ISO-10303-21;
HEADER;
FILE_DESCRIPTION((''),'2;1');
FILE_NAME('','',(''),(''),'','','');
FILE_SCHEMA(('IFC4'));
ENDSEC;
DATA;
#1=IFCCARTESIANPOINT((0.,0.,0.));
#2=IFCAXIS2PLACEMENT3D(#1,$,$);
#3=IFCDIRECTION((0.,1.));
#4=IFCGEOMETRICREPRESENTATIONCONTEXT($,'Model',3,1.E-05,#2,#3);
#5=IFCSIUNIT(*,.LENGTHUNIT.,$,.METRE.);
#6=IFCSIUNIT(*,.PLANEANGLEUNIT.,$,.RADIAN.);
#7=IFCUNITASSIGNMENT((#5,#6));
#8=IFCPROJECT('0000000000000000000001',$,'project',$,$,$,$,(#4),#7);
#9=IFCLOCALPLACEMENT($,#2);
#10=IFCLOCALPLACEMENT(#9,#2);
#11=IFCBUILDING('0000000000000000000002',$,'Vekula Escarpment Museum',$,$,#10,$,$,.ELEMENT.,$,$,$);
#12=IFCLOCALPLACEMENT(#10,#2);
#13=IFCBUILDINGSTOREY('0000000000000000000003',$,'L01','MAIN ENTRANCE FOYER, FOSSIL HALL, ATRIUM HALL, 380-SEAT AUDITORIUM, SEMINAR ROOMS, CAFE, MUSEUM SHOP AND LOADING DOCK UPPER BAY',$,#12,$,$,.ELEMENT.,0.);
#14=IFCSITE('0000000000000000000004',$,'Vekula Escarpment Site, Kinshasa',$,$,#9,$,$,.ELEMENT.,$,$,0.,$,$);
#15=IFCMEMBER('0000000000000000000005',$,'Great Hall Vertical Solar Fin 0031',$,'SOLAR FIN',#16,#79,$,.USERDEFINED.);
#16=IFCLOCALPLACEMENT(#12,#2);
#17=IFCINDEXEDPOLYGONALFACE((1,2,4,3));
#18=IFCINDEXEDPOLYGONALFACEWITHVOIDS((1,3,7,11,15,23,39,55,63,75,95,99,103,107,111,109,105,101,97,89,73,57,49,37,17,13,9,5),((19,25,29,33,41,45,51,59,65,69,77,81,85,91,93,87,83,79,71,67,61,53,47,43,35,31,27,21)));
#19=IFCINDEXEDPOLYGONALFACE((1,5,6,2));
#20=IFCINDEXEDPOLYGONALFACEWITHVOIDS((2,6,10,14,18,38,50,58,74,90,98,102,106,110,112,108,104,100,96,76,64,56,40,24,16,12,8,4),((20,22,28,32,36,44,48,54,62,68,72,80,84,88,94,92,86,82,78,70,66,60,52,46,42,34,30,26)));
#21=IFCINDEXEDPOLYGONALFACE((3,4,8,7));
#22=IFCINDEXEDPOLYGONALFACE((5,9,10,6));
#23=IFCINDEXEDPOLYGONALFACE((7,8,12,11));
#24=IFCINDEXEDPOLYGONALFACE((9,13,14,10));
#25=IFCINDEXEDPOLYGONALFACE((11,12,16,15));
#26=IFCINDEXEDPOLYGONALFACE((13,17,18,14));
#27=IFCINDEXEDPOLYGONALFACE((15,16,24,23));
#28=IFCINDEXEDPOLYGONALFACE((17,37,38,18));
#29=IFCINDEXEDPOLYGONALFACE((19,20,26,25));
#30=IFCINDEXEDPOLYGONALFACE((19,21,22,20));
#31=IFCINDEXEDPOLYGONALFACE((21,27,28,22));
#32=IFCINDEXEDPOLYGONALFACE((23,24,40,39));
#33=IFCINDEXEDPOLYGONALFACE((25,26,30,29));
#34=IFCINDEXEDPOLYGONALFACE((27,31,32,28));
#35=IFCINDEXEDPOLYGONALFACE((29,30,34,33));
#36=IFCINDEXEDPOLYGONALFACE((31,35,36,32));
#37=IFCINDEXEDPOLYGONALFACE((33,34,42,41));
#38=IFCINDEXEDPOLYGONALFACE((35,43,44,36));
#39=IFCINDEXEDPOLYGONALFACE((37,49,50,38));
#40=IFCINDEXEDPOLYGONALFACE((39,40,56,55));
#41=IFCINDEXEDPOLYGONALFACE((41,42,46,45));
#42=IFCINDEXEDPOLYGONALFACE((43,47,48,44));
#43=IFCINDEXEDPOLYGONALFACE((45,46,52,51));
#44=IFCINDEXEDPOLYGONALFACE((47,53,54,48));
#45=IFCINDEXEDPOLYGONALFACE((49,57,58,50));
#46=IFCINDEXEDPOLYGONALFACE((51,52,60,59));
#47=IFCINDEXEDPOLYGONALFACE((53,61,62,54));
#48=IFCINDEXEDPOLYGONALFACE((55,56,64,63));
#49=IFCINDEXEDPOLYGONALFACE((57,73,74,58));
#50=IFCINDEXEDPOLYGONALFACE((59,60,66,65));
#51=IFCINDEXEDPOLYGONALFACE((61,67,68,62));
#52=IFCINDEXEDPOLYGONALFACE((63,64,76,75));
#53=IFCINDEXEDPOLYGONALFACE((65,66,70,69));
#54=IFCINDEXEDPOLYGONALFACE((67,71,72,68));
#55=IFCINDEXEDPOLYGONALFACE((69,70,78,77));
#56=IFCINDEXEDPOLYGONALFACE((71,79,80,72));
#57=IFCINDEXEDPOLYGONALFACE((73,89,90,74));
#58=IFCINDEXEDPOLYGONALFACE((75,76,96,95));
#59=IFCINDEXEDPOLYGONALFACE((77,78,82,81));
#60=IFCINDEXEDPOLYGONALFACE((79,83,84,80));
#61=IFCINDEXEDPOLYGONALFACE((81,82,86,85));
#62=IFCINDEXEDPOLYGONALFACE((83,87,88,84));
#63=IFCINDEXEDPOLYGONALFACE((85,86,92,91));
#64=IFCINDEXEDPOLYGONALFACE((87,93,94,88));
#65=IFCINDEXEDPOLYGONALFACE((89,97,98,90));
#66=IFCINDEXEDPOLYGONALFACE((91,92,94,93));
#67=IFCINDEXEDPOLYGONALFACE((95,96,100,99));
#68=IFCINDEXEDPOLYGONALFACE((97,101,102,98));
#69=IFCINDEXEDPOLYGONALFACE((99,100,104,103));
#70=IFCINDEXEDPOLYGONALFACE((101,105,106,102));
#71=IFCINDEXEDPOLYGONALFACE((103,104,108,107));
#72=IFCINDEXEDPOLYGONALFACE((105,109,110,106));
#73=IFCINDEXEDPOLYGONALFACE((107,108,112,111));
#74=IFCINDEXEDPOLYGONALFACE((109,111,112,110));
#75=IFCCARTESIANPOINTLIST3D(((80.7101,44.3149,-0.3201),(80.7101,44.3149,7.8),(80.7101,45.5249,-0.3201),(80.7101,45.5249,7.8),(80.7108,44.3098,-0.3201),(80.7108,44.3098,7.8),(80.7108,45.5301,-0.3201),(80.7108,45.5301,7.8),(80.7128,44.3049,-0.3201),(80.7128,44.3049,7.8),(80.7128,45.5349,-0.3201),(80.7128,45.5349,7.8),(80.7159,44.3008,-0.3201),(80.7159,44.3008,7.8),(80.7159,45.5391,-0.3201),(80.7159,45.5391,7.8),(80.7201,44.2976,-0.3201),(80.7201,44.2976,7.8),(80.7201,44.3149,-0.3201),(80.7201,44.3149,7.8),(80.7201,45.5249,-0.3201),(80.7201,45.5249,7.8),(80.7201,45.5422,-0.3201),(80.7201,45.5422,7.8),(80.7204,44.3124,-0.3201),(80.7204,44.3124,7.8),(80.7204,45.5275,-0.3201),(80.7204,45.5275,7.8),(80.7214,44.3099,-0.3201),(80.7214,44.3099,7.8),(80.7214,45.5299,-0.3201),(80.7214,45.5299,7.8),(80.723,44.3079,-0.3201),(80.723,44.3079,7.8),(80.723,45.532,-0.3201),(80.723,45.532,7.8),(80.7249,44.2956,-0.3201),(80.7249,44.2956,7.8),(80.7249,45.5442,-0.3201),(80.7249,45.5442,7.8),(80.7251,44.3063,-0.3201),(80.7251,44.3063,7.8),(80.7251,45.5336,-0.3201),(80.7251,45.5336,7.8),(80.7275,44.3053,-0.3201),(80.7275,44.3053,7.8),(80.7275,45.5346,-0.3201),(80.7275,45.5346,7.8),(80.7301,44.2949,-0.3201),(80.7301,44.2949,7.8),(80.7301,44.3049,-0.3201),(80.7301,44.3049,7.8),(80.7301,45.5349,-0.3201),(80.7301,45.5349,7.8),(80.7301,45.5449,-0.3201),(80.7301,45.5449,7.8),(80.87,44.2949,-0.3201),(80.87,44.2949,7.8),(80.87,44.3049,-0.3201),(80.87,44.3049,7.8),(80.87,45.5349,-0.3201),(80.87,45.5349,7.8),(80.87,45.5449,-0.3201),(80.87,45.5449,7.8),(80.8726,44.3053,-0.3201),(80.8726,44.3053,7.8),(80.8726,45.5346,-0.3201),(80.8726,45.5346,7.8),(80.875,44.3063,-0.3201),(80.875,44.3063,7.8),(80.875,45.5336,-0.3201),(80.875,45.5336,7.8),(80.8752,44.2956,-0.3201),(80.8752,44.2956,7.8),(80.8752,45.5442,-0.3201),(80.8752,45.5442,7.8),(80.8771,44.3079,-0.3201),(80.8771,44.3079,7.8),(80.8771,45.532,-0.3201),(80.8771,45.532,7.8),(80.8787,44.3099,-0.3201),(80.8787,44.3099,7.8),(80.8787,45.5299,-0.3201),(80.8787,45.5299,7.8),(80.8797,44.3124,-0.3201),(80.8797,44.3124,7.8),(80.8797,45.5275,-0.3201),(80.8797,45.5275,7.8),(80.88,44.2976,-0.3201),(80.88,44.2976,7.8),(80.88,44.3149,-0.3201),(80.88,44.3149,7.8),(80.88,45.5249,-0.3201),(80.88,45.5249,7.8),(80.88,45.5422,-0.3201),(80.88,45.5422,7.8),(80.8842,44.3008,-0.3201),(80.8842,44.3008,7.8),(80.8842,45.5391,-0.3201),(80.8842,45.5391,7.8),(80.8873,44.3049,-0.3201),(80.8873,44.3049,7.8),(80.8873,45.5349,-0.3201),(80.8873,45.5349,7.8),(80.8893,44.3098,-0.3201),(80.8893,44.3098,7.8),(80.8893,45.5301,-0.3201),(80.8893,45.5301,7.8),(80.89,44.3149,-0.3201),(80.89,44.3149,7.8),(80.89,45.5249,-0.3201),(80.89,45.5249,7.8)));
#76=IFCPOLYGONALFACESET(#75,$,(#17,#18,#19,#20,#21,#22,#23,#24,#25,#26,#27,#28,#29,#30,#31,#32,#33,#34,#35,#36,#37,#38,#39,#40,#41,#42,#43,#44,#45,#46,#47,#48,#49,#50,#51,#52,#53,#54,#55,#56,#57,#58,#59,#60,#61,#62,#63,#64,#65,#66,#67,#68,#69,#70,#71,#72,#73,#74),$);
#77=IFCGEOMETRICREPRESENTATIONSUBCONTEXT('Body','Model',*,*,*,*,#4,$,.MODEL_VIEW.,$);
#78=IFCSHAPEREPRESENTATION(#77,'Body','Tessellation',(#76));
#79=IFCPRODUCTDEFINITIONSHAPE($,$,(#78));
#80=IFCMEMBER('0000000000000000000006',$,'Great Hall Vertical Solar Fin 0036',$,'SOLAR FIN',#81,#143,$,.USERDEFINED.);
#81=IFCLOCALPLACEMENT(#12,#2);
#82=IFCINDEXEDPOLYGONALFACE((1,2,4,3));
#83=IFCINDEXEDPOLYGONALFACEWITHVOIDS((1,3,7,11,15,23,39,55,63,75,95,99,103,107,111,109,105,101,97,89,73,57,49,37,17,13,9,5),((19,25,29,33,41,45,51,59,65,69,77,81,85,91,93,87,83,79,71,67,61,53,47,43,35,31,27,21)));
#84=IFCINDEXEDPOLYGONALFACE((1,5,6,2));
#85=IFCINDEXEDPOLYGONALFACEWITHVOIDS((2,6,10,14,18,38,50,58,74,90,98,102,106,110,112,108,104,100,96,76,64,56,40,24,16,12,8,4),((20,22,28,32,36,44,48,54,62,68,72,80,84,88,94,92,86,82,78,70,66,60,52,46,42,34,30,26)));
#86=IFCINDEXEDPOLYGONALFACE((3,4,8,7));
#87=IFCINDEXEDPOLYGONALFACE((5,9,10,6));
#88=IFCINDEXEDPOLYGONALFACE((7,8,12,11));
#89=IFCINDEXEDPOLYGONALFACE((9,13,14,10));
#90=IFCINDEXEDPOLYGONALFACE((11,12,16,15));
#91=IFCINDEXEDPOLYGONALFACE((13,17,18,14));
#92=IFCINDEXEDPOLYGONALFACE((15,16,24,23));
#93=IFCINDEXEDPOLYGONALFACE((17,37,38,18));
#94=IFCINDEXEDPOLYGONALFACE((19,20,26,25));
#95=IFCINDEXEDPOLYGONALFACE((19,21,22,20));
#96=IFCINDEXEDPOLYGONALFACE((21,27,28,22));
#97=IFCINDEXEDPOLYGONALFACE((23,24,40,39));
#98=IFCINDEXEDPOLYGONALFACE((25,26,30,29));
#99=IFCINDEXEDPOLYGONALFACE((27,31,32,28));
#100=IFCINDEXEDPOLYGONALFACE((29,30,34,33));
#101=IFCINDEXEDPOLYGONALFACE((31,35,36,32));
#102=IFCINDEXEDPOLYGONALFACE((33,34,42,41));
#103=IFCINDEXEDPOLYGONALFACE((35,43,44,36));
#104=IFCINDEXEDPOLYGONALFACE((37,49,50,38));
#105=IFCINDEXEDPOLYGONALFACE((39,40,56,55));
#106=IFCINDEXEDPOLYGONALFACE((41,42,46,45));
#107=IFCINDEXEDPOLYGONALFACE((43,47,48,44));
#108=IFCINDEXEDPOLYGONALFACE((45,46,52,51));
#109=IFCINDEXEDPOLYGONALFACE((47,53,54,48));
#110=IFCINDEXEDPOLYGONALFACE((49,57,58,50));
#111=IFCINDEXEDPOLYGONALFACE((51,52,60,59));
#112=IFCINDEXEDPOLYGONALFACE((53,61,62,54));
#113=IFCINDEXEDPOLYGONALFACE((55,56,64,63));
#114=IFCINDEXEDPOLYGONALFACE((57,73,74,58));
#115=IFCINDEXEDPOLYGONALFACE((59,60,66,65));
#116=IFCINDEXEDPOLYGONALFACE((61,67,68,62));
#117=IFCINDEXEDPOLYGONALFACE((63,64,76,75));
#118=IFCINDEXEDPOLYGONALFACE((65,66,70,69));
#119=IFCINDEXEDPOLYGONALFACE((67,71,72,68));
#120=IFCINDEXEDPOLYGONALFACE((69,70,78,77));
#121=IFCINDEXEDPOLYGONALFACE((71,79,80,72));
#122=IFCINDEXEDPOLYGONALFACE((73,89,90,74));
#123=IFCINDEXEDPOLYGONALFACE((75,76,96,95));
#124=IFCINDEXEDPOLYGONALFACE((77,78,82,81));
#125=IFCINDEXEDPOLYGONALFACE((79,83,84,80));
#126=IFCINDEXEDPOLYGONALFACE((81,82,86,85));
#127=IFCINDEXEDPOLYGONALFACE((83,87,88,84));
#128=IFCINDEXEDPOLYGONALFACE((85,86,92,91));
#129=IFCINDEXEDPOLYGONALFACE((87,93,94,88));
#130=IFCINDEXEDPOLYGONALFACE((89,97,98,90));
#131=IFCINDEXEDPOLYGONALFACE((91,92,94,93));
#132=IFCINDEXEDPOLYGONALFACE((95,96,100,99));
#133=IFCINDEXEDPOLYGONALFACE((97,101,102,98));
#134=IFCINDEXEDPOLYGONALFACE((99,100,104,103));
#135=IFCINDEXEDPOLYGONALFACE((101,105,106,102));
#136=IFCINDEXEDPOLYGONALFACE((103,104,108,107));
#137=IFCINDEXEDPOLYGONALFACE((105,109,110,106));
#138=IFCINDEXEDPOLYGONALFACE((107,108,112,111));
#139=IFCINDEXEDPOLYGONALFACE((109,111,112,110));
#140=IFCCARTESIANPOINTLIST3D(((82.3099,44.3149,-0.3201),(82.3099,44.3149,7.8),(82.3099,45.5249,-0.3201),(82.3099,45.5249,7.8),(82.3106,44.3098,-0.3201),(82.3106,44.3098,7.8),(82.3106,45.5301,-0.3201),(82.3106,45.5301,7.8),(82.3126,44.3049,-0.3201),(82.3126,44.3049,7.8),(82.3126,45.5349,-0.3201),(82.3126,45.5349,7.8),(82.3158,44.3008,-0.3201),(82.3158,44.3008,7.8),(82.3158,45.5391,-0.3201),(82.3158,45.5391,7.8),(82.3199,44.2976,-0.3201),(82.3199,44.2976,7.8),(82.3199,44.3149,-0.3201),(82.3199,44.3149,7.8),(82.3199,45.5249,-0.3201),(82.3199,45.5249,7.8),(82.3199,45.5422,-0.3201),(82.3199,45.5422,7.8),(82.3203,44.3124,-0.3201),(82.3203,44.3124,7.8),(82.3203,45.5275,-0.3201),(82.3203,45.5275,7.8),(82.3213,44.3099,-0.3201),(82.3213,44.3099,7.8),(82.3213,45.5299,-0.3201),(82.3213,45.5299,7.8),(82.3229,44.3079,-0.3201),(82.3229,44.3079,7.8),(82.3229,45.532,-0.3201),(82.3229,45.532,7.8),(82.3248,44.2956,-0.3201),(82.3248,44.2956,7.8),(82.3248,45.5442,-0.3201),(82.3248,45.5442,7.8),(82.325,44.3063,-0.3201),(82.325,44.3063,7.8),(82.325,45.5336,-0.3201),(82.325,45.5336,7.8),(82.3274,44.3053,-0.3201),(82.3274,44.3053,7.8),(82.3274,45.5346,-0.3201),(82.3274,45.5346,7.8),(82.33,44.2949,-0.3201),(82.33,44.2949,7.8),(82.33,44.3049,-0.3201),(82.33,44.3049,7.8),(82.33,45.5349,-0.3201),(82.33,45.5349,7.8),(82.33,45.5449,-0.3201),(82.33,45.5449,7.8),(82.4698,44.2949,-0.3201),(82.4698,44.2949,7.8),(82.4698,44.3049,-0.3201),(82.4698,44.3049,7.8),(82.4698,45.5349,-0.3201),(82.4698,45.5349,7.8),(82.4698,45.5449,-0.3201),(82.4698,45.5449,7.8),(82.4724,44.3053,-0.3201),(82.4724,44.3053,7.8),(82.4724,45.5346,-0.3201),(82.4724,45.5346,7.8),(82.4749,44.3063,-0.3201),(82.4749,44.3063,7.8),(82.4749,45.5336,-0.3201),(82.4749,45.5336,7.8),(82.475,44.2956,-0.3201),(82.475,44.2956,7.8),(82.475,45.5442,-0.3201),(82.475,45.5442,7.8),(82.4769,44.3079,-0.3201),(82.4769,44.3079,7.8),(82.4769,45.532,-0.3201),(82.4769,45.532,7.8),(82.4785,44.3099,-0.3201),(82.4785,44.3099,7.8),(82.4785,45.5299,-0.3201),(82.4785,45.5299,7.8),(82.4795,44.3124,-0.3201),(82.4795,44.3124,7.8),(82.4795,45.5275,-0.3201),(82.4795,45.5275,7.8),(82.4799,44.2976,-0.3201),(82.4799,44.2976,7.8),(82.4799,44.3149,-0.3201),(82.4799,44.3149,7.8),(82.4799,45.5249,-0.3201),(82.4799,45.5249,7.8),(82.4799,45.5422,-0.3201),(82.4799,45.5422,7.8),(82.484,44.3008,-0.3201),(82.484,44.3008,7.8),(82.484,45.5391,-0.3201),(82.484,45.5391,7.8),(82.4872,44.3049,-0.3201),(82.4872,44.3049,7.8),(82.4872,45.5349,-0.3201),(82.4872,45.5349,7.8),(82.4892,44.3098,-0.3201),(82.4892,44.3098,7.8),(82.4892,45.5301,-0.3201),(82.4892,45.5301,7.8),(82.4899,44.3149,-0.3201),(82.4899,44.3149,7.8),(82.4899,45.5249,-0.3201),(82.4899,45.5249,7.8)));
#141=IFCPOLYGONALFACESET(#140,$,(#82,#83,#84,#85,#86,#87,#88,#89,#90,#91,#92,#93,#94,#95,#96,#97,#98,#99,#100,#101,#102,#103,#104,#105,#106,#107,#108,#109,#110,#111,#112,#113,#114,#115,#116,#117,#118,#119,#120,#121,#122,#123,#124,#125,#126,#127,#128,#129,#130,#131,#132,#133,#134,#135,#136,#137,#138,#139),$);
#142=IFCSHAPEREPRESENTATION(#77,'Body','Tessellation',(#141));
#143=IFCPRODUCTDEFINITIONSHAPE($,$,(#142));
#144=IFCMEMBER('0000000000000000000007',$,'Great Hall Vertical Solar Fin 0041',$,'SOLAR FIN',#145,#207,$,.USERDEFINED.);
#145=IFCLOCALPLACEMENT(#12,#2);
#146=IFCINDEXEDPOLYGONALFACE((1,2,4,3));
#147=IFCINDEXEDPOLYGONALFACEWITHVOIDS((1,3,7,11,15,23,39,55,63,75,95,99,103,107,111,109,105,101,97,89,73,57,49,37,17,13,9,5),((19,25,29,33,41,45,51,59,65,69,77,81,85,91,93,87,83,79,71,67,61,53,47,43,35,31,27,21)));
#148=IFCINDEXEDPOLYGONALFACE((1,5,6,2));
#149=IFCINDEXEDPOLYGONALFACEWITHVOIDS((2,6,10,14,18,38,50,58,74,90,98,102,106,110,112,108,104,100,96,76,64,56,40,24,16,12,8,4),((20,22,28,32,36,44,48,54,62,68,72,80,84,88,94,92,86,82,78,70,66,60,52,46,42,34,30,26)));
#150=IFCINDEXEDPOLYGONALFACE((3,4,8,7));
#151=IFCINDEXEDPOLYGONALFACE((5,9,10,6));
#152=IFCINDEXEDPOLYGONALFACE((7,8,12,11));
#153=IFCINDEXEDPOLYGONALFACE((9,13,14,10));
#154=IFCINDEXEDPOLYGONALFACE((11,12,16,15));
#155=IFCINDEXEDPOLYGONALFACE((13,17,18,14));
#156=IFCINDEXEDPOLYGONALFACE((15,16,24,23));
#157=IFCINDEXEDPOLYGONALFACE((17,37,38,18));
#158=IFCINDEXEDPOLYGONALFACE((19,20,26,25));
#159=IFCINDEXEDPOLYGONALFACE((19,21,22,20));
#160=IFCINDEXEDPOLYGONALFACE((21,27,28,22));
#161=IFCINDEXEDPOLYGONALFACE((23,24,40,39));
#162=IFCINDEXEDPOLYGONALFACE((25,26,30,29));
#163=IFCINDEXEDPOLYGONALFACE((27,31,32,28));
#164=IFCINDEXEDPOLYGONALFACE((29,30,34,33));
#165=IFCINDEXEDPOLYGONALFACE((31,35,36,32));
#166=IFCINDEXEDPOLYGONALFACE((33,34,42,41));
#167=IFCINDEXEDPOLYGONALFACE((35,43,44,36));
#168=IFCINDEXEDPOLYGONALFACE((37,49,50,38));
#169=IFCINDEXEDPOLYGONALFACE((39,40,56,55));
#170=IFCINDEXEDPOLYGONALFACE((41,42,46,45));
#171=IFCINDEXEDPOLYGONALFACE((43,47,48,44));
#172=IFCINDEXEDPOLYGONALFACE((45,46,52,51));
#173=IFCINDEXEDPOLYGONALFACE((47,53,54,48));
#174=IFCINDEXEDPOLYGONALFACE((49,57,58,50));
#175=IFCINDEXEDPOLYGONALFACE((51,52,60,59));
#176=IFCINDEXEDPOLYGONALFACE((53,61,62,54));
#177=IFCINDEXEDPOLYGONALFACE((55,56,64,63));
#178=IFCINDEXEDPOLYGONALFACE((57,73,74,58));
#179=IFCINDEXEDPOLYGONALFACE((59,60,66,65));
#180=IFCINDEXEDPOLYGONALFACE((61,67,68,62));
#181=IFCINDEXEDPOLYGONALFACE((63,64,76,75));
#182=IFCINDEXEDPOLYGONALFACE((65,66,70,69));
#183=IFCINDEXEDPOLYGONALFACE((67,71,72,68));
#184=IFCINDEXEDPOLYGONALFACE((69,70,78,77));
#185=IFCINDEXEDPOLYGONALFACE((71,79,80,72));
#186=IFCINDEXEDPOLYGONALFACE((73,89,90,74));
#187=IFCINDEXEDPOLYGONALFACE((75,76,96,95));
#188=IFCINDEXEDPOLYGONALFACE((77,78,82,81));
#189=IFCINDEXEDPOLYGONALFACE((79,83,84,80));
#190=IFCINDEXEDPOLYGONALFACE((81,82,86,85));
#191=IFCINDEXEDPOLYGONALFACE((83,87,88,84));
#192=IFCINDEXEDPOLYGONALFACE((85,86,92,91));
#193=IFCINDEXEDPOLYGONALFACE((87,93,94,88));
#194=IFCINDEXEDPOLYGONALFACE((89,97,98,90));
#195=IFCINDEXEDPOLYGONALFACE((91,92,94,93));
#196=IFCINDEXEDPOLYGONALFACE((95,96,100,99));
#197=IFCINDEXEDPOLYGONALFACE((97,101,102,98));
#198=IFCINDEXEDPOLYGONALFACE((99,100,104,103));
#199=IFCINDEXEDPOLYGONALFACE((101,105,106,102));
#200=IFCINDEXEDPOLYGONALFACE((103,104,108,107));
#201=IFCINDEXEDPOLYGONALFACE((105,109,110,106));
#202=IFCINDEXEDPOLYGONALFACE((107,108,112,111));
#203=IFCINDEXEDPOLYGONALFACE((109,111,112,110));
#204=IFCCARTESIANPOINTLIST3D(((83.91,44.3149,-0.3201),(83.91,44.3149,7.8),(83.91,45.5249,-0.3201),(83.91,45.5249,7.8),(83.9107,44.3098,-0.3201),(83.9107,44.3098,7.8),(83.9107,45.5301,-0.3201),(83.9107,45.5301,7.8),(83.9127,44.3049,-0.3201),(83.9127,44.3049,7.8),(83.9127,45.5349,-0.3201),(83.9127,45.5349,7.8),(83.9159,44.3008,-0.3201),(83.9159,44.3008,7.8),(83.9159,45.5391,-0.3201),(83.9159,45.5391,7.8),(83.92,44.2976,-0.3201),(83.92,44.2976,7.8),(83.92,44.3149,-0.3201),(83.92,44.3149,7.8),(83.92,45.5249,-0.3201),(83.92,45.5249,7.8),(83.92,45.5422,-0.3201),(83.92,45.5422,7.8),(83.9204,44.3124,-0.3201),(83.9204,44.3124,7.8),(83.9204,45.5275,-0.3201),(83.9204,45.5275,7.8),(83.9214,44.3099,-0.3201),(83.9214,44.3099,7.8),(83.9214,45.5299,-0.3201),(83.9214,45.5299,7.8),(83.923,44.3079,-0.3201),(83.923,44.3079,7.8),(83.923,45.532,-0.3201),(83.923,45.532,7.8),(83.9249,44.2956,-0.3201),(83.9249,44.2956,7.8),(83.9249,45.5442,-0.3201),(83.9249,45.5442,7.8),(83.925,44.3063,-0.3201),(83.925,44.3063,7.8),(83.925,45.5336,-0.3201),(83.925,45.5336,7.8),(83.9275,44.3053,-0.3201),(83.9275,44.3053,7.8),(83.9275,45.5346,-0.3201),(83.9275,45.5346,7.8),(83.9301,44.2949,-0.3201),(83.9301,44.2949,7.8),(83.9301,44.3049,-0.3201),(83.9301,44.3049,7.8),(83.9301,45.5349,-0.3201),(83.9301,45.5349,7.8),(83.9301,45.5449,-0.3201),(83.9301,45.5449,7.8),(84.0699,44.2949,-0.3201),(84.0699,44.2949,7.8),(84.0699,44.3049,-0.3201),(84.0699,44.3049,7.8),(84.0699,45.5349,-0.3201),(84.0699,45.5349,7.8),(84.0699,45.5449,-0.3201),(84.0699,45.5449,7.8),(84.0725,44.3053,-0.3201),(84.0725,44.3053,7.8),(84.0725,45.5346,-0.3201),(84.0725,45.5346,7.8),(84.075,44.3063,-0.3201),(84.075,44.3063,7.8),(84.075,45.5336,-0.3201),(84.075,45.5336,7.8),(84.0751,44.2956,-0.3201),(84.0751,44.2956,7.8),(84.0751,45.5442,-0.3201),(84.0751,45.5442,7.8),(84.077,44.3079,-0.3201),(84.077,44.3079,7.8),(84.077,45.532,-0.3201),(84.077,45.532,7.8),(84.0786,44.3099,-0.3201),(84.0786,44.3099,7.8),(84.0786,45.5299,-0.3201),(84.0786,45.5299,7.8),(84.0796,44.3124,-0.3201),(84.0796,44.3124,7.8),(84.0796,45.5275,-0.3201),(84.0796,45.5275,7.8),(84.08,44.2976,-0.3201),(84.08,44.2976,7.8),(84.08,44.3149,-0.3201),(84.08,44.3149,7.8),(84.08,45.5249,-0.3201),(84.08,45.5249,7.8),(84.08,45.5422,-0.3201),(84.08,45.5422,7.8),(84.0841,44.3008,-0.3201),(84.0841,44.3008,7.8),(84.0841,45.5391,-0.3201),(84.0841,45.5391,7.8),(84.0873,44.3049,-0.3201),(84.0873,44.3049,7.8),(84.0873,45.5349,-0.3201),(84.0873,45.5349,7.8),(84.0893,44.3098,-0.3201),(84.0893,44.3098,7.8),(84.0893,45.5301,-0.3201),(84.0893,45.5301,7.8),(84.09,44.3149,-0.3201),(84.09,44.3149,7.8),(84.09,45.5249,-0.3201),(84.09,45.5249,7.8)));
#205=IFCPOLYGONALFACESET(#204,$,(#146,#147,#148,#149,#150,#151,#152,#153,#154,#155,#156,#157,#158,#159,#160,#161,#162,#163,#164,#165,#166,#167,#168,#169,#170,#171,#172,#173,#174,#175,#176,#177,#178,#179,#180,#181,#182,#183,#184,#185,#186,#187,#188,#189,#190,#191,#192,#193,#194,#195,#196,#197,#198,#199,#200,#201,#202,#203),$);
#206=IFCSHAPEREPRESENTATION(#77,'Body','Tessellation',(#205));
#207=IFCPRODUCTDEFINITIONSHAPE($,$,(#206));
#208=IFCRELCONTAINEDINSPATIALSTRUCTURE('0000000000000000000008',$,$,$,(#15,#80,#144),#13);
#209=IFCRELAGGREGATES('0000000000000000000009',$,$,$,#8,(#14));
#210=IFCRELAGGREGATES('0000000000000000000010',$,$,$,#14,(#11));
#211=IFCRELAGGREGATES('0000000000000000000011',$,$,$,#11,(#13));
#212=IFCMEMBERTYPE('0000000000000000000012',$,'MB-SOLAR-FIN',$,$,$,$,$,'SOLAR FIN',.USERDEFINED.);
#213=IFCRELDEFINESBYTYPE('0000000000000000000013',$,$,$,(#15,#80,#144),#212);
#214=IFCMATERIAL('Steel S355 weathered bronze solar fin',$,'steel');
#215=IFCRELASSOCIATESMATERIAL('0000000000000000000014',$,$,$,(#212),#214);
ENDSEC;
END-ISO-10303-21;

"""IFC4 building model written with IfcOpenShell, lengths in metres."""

from ifc_helpers import new_model, si_unit, direction, frame, origin, origin_2d, place, context, subcontext, project, spatial, hollow_rectangle, extrude, material, material_profile, profile_set, type_object, element, save


model = new_model("IFC4")

# Units and contexts
model_context = context("Model", 3, precision=1e-05, world=origin(), true_north=direction((0.0, 1.0)))
body_context = subcontext(model_context, "Body", "Model", "MODEL_VIEW")
ifc_project = project(units=[si_unit("LENGTHUNIT", "METRE"), si_unit("PLANEANGLEUNIT", "RADIAN")], contexts=[model_context])

# Site, building, storey
site_placement = place(None, origin())
site = spatial("IfcSite", under=ifc_project, at=site_placement, Name="Vekula Escarpment Site, Kinshasa", CompositionType="ELEMENT", RefElevation=0.0)
building_placement = place(site_placement, origin())
building = spatial("IfcBuilding", under=site, at=building_placement, Name="Vekula Escarpment Museum", CompositionType="ELEMENT")
storey_placement = place(building_placement, origin())
storey = spatial("IfcBuildingStorey", under=building, at=storey_placement, Name="L01", Description="MAIN ENTRANCE FOYER, FOSSIL HALL, ATRIUM HALL, 380-SEAT AUDITORIUM, SEMINAR ROOMS, CAFE, MUSEUM SHOP AND LOADING DOCK UPPER BAY", CompositionType="ELEMENT", Elevation=0.0)

# Members
ifc_material_1 = material(Name="Steel S355 weathered bronze solar fin", Category="steel")
ifc_material_profile_1 = material_profile(ifc_material_1, hollow_rectangle(XDim=0.1799, YDim=1.25, WallThickness=0.01, InnerFilletRadius=0.01, OuterFilletRadius=0.02, at=origin_2d()), Name="RHS 1250x180x10")
ifc_profile_set_1 = profile_set([ifc_material_profile_1], Name="Steel S355 weathered bronze solar fin")
member_type_1 = type_object("IfcMemberType", Name="MB-SOLAR-FIN", ElementType="SOLAR FIN", PredefinedType="USERDEFINED", material=ifc_profile_set_1)
for number, where, z_axis, x_axis, name in (
    (1, (80.8, 44.9199, -0.3201), (0.0, 0.0, 1.0), (1.0, 0.0, 0.0), "Great Hall Vertical Solar Fin 0031"),
    (2, (82.3999, 44.9199, -0.3201), (0.0, 0.0, 1.0), (1.0, 0.0, 0.0), "Great Hall Vertical Solar Fin 0036"),
    (3, (84.0, 44.9199, -0.3201), (0.0, 0.0, 1.0), (1.0, 0.0, 0.0), "Great Hall Vertical Solar Fin 0041"),
):
    element("IfcMember", number, at=place(storey_placement, frame(where, z_axis=z_axis, x_axis=x_axis)), inside=storey, type_object=member_type_1, Name=name, ObjectType="SOLAR FIN", PredefinedType="USERDEFINED", context=body_context, shape_type="SweptSolid", body=[
        extrude(hollow_rectangle(XDim=0.1799, YDim=1.25, WallThickness=0.01, InnerFilletRadius=0.01, OuterFilletRadius=0.02, at=origin_2d()), origin(), (0.0, 0.0, 1.0), 8.1201),
    ])

save(model, "model.ifc")
